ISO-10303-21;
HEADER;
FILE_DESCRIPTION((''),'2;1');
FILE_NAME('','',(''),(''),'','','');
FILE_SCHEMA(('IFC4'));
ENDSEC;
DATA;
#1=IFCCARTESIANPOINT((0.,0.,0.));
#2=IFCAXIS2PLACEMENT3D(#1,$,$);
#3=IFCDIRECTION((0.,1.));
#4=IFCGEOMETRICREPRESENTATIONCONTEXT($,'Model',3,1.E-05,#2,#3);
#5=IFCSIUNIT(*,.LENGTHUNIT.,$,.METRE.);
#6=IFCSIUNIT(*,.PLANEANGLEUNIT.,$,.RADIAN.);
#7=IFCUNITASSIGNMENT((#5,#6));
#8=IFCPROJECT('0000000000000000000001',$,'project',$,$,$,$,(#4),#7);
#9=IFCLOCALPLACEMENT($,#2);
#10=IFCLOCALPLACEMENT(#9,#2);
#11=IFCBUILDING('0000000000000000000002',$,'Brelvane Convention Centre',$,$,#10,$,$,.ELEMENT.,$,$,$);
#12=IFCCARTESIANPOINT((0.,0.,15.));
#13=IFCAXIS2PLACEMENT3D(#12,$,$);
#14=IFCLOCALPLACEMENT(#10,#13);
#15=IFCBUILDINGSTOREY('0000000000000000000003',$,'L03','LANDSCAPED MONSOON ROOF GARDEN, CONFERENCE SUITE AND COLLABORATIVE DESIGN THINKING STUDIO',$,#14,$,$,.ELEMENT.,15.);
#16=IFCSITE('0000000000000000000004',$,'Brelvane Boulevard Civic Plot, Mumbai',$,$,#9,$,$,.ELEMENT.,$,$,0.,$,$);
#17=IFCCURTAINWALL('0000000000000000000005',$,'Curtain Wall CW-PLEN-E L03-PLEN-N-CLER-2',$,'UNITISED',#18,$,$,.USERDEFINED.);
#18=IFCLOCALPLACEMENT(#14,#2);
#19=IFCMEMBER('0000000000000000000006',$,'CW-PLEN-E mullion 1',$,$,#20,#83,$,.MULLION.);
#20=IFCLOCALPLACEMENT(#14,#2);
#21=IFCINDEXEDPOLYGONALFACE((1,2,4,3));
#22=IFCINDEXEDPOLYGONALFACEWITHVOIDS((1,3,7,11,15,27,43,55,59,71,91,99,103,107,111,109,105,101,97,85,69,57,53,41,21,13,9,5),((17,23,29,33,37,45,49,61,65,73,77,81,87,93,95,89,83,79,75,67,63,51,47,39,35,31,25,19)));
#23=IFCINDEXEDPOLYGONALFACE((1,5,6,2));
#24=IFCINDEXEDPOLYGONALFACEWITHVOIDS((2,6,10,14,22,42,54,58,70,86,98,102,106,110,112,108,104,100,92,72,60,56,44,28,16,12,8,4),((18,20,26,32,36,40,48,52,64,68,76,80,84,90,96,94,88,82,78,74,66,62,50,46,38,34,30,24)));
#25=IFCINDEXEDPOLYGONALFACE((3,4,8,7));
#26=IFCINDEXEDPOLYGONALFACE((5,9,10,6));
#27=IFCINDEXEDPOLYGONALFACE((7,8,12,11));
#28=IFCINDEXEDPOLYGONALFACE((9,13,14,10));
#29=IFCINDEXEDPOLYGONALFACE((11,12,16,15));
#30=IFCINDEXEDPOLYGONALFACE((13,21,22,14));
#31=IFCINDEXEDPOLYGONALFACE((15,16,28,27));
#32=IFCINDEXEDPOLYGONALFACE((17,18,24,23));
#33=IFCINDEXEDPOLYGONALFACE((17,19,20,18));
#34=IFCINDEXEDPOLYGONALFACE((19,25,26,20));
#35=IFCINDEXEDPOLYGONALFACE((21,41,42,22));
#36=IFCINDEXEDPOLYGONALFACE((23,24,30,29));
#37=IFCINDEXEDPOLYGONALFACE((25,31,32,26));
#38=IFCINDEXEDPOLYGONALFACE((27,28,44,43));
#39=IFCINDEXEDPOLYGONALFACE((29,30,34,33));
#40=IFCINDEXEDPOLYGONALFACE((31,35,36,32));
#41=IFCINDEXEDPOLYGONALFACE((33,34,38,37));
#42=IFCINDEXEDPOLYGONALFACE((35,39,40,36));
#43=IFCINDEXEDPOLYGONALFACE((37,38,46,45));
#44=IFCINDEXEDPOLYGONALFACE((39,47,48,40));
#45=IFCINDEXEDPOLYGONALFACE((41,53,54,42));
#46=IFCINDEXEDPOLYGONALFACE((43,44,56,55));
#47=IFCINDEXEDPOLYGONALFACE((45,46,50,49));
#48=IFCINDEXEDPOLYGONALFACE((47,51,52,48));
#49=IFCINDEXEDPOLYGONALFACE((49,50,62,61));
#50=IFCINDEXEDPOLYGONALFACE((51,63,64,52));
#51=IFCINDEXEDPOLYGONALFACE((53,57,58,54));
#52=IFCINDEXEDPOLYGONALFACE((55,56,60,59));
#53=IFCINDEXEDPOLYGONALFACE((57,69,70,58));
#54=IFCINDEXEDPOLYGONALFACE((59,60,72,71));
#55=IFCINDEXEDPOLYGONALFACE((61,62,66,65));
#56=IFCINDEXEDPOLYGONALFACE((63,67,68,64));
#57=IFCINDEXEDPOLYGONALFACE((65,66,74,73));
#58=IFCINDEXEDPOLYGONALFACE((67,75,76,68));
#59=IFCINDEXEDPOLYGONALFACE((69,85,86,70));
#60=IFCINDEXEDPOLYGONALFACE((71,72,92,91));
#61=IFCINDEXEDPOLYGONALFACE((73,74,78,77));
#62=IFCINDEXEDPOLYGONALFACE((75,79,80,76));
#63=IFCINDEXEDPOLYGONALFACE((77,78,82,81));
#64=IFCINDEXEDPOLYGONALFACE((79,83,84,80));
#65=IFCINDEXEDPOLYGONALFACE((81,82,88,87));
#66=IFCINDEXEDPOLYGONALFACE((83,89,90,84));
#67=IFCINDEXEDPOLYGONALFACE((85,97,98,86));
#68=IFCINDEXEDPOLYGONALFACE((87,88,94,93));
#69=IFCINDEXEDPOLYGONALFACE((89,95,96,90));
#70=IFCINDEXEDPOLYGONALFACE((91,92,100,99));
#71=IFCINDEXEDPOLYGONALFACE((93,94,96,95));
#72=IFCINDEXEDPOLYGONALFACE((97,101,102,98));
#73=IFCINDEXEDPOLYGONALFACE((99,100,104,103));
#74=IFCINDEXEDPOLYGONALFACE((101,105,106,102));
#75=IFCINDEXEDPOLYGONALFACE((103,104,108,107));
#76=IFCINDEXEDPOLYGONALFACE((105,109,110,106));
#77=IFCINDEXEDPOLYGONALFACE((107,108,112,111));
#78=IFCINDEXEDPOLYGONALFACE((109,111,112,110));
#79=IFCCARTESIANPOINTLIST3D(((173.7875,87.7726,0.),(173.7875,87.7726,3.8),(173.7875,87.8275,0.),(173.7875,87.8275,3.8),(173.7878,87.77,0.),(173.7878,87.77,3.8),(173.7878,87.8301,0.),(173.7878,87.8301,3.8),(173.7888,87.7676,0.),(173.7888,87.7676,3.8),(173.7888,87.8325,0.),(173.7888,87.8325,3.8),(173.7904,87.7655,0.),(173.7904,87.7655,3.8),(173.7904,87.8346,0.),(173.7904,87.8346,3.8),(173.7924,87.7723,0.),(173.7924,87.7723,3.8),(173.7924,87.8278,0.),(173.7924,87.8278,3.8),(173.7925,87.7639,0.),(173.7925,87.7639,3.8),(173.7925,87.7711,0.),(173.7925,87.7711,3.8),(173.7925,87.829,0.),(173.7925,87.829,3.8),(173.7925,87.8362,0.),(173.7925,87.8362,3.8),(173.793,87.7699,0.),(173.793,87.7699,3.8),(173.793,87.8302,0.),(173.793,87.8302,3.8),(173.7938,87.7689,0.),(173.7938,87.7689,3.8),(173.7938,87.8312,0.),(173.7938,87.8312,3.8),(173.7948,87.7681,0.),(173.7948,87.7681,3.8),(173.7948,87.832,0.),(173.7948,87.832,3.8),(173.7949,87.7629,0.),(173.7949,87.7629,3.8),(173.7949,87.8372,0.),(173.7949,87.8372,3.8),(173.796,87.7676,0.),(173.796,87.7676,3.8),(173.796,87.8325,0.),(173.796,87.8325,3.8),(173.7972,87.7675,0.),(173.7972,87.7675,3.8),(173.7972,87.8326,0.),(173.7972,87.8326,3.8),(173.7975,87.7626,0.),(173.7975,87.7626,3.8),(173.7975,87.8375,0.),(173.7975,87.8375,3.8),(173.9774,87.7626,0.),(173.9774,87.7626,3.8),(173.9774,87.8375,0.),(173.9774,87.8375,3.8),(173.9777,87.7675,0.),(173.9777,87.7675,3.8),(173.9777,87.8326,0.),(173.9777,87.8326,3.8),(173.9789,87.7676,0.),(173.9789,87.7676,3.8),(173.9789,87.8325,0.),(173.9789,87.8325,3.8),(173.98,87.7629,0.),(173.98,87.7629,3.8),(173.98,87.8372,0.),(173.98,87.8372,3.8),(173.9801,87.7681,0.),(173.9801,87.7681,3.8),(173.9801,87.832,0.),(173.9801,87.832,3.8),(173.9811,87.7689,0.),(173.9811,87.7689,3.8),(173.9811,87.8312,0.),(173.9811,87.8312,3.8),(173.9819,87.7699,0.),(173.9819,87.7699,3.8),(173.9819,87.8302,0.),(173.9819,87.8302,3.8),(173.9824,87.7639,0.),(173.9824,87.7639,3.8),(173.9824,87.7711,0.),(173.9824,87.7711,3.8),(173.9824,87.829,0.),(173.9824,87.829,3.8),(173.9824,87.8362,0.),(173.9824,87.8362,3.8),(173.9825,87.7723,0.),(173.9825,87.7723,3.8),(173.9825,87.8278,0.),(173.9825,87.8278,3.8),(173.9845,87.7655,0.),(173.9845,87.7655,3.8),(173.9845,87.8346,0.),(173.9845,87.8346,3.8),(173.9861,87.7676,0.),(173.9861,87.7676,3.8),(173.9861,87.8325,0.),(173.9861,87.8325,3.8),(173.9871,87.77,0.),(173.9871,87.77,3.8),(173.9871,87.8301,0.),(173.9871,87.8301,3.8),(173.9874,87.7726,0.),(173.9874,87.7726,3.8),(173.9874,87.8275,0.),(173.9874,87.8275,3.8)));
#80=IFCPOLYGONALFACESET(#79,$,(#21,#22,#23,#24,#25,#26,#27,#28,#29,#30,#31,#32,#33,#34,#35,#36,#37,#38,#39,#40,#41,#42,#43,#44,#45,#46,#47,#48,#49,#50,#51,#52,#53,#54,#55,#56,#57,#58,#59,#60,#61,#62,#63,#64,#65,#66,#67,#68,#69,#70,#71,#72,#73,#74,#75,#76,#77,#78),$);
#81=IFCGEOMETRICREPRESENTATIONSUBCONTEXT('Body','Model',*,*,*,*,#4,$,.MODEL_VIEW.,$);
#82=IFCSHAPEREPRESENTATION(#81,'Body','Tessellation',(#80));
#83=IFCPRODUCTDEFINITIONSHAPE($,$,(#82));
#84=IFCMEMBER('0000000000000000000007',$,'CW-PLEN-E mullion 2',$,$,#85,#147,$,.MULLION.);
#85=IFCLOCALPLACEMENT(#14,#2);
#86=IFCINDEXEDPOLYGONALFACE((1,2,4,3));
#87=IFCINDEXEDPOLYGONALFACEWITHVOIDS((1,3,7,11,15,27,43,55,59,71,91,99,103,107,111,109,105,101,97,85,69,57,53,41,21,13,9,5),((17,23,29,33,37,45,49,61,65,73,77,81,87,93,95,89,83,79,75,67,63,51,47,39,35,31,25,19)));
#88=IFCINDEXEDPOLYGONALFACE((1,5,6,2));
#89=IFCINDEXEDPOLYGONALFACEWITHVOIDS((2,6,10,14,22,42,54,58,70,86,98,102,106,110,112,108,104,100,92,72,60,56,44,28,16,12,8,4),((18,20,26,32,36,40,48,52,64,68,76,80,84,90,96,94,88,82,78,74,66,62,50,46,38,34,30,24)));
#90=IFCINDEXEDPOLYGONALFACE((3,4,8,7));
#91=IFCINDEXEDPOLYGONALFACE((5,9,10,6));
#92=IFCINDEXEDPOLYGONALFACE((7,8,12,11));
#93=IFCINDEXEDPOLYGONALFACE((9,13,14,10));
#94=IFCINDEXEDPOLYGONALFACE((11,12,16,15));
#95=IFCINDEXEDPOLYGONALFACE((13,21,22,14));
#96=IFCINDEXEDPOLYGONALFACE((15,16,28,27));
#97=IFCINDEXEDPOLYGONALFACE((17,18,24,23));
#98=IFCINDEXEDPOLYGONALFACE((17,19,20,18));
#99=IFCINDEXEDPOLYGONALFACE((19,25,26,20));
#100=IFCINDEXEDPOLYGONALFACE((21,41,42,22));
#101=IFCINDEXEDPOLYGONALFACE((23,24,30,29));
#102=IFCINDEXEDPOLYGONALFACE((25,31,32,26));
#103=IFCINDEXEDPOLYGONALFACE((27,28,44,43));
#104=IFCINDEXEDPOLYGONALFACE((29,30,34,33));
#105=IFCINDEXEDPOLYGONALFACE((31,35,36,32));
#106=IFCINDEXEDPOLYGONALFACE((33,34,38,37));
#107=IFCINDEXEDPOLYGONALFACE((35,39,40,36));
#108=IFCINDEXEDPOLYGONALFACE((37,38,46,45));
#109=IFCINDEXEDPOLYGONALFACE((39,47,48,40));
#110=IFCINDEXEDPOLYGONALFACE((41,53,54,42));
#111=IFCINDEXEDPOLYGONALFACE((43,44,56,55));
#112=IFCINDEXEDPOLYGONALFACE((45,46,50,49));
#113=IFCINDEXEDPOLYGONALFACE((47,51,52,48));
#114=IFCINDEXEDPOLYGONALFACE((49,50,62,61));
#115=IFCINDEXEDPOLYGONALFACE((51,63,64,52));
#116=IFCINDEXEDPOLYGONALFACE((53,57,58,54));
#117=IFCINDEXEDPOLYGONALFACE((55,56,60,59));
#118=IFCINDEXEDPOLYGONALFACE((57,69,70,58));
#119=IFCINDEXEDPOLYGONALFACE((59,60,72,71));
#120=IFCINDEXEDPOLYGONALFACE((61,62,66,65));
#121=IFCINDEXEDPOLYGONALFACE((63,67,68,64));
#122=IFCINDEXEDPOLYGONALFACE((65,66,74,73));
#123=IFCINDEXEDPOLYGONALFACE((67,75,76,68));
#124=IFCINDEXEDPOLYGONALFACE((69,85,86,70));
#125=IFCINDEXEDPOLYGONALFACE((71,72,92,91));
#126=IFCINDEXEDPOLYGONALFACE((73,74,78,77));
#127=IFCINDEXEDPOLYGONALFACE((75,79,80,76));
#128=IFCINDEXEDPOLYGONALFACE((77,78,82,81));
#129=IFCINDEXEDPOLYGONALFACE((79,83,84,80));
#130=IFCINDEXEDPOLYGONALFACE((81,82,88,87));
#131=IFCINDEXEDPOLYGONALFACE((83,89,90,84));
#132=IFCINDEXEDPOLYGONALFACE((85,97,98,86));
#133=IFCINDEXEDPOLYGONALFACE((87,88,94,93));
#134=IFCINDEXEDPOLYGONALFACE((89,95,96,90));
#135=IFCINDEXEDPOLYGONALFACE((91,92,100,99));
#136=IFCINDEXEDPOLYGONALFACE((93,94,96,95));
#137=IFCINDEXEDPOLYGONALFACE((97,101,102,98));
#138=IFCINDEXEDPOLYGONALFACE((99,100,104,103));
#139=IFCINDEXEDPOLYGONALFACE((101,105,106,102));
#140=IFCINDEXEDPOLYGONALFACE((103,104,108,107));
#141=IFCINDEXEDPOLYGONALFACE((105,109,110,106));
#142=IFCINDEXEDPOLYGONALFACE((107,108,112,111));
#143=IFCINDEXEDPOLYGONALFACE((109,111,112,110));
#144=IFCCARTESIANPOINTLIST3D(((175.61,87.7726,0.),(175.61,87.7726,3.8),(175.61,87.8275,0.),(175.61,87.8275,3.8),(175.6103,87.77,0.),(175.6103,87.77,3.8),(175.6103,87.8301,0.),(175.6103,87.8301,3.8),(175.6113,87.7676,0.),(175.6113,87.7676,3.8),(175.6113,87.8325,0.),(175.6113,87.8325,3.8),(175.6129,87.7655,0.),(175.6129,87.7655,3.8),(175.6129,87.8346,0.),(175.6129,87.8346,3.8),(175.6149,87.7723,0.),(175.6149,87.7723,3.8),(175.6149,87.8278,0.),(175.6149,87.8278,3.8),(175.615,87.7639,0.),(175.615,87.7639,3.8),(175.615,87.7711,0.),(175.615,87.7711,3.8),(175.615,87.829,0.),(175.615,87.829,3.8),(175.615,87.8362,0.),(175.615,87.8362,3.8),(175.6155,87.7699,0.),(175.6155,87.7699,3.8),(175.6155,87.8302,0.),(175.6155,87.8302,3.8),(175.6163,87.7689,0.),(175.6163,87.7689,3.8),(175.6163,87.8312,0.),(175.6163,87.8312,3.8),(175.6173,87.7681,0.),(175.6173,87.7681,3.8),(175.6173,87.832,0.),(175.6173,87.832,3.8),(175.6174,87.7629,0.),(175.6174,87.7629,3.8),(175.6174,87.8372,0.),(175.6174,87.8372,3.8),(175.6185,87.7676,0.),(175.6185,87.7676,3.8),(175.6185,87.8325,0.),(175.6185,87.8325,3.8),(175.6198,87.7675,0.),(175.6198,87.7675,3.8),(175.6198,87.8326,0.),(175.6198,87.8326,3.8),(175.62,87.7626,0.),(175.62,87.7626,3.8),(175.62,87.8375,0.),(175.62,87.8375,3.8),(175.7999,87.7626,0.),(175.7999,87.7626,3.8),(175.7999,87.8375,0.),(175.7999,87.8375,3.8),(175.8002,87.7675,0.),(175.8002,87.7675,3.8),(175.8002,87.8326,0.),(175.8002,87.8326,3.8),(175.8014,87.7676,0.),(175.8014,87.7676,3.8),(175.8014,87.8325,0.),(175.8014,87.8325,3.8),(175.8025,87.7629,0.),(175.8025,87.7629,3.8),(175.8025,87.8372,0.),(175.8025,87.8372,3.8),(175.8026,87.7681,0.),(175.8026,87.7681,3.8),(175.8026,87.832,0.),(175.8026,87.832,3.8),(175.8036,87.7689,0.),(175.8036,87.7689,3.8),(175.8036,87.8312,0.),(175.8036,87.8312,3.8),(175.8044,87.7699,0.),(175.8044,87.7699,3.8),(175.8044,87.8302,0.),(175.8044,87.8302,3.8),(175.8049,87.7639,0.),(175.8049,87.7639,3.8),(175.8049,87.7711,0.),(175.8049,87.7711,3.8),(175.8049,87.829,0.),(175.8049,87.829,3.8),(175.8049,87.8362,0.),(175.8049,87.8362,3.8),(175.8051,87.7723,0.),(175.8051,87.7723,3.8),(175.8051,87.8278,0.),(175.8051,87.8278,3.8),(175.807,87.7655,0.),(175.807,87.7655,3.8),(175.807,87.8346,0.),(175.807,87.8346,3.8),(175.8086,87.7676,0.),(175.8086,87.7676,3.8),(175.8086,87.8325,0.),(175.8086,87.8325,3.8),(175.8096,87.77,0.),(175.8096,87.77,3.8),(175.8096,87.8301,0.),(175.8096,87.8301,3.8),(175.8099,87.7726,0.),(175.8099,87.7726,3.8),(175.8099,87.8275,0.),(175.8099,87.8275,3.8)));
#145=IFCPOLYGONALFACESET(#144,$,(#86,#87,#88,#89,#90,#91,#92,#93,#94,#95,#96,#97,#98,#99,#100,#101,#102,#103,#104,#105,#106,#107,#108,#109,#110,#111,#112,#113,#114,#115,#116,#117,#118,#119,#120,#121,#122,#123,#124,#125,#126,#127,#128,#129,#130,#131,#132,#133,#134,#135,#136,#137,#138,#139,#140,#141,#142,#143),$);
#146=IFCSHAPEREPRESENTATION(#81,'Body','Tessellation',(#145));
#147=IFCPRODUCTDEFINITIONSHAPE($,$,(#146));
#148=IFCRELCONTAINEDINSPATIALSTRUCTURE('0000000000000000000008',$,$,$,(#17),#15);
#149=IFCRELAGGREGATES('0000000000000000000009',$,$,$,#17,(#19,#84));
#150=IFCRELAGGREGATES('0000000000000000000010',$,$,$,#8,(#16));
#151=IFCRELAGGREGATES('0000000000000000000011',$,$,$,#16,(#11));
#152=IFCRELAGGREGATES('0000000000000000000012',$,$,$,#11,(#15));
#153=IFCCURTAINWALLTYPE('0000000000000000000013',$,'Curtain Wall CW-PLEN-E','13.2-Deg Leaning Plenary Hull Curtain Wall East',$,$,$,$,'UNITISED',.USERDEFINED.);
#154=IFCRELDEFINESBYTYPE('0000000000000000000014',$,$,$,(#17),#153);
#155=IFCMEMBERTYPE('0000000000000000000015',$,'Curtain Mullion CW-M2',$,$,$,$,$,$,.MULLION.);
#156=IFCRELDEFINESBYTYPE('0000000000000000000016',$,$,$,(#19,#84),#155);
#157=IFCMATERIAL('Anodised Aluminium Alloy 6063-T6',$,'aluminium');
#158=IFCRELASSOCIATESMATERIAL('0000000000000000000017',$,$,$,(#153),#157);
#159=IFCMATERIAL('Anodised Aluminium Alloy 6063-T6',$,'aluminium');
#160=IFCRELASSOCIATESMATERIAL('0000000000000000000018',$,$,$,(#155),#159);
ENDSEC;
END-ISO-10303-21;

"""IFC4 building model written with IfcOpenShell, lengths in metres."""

from ifc_helpers import new_model, si_unit, direction, frame, origin, origin_2d, place, context, subcontext, project, spatial, hollow_rectangle, extrude, material, material_profile, profile_set, type_object, element, aggregate, save


model = new_model("IFC4")

# Units and contexts
model_context = context("Model", 3, precision=1e-05, world=origin(), true_north=direction((0.0, 1.0)))
body_context = subcontext(model_context, "Body", "Model", "MODEL_VIEW")
ifc_project = project(units=[si_unit("LENGTHUNIT", "METRE"), si_unit("PLANEANGLEUNIT", "RADIAN")], contexts=[model_context])

# Site, building, storey
site_placement = place(None, origin())
site = spatial("IfcSite", under=ifc_project, at=site_placement, Name="Brelvane Boulevard Civic Plot, Mumbai", CompositionType="ELEMENT", RefElevation=0.0)
building_placement = place(site_placement, origin())
building = spatial("IfcBuilding", under=site, at=building_placement, Name="Brelvane Convention Centre", CompositionType="ELEMENT")
storey_placement = place(building_placement, frame((0.0, 0.0, 15.0)))
storey = spatial("IfcBuildingStorey", under=building, at=storey_placement, Name="L03", Description="LANDSCAPED MONSOON ROOF GARDEN, CONFERENCE SUITE AND COLLABORATIVE DESIGN THINKING STUDIO", CompositionType="ELEMENT", Elevation=15.0)

# Curtain wall, members
ifc_material_1 = material(Name="Anodised Aluminium Alloy 6063-T6", Category="aluminium")
curtain_wall_type = type_object("IfcCurtainWallType", Name="Curtain Wall CW-PLEN-E", Description="13.2-Deg Leaning Plenary Hull Curtain Wall East", ElementType="UNITISED", PredefinedType="USERDEFINED", material=ifc_material_1)
ifc_material_2 = material(Name="Anodised Aluminium Alloy 6063-T6", Category="aluminium")
ifc_material_profile_1 = material_profile(ifc_material_2, hollow_rectangle(XDim=0.075, YDim=0.2, WallThickness=0.0049, InnerFilletRadius=0.0049, OuterFilletRadius=0.01, at=origin_2d()), Name="ALU-M 200x75x5.0")
ifc_profile_set_1 = profile_set([ifc_material_profile_1], Name="Anodised Aluminium Alloy 6063-T6")
member_type_1 = type_object("IfcMemberType", Name="Curtain Mullion CW-M2", PredefinedType="MULLION", material=ifc_profile_set_1)
curtain_wall_1_placement = place(storey_placement, origin())
curtain_wall_1 = element("IfcCurtainWall", 1, at=curtain_wall_1_placement, inside=storey, type_object=curtain_wall_type, Name="Curtain Wall CW-PLEN-E L03-PLEN-N-CLER-2", ObjectType="UNITISED", PredefinedType="USERDEFINED")
member_1_placement = place(storey_placement, frame((173.8875, 87.8, 0.0), z_axis=(0.0, 0.0, 1.0), x_axis=(0.0, 1.0, 0.0)))
member_1 = element("IfcMember", 2, at=member_1_placement, type_object=member_type_1, Name="CW-PLEN-E mullion 1", PredefinedType="MULLION", context=body_context, shape_type="SweptSolid", body=[
    extrude(hollow_rectangle(XDim=0.075, YDim=0.2, WallThickness=0.0049, InnerFilletRadius=0.0049, OuterFilletRadius=0.01, at=origin_2d()), origin(), (0.0, 0.0, 1.0), 3.8),
])
member_2_placement = place(storey_placement, frame((175.71, 87.8, 0.0), z_axis=(0.0, 0.0, 1.0), x_axis=(0.0, 1.0, 0.0)))
member_2 = element("IfcMember", 3, at=member_2_placement, type_object=member_type_1, Name="CW-PLEN-E mullion 2", PredefinedType="MULLION", context=body_context, shape_type="SweptSolid", body=[
    extrude(hollow_rectangle(XDim=0.075, YDim=0.2, WallThickness=0.0049, InnerFilletRadius=0.0049, OuterFilletRadius=0.01, at=origin_2d()), origin(), (0.0, 0.0, 1.0), 3.8),
])

aggregate(curtain_wall_1, [member_1, member_2])

save(model, "model.ifc")
